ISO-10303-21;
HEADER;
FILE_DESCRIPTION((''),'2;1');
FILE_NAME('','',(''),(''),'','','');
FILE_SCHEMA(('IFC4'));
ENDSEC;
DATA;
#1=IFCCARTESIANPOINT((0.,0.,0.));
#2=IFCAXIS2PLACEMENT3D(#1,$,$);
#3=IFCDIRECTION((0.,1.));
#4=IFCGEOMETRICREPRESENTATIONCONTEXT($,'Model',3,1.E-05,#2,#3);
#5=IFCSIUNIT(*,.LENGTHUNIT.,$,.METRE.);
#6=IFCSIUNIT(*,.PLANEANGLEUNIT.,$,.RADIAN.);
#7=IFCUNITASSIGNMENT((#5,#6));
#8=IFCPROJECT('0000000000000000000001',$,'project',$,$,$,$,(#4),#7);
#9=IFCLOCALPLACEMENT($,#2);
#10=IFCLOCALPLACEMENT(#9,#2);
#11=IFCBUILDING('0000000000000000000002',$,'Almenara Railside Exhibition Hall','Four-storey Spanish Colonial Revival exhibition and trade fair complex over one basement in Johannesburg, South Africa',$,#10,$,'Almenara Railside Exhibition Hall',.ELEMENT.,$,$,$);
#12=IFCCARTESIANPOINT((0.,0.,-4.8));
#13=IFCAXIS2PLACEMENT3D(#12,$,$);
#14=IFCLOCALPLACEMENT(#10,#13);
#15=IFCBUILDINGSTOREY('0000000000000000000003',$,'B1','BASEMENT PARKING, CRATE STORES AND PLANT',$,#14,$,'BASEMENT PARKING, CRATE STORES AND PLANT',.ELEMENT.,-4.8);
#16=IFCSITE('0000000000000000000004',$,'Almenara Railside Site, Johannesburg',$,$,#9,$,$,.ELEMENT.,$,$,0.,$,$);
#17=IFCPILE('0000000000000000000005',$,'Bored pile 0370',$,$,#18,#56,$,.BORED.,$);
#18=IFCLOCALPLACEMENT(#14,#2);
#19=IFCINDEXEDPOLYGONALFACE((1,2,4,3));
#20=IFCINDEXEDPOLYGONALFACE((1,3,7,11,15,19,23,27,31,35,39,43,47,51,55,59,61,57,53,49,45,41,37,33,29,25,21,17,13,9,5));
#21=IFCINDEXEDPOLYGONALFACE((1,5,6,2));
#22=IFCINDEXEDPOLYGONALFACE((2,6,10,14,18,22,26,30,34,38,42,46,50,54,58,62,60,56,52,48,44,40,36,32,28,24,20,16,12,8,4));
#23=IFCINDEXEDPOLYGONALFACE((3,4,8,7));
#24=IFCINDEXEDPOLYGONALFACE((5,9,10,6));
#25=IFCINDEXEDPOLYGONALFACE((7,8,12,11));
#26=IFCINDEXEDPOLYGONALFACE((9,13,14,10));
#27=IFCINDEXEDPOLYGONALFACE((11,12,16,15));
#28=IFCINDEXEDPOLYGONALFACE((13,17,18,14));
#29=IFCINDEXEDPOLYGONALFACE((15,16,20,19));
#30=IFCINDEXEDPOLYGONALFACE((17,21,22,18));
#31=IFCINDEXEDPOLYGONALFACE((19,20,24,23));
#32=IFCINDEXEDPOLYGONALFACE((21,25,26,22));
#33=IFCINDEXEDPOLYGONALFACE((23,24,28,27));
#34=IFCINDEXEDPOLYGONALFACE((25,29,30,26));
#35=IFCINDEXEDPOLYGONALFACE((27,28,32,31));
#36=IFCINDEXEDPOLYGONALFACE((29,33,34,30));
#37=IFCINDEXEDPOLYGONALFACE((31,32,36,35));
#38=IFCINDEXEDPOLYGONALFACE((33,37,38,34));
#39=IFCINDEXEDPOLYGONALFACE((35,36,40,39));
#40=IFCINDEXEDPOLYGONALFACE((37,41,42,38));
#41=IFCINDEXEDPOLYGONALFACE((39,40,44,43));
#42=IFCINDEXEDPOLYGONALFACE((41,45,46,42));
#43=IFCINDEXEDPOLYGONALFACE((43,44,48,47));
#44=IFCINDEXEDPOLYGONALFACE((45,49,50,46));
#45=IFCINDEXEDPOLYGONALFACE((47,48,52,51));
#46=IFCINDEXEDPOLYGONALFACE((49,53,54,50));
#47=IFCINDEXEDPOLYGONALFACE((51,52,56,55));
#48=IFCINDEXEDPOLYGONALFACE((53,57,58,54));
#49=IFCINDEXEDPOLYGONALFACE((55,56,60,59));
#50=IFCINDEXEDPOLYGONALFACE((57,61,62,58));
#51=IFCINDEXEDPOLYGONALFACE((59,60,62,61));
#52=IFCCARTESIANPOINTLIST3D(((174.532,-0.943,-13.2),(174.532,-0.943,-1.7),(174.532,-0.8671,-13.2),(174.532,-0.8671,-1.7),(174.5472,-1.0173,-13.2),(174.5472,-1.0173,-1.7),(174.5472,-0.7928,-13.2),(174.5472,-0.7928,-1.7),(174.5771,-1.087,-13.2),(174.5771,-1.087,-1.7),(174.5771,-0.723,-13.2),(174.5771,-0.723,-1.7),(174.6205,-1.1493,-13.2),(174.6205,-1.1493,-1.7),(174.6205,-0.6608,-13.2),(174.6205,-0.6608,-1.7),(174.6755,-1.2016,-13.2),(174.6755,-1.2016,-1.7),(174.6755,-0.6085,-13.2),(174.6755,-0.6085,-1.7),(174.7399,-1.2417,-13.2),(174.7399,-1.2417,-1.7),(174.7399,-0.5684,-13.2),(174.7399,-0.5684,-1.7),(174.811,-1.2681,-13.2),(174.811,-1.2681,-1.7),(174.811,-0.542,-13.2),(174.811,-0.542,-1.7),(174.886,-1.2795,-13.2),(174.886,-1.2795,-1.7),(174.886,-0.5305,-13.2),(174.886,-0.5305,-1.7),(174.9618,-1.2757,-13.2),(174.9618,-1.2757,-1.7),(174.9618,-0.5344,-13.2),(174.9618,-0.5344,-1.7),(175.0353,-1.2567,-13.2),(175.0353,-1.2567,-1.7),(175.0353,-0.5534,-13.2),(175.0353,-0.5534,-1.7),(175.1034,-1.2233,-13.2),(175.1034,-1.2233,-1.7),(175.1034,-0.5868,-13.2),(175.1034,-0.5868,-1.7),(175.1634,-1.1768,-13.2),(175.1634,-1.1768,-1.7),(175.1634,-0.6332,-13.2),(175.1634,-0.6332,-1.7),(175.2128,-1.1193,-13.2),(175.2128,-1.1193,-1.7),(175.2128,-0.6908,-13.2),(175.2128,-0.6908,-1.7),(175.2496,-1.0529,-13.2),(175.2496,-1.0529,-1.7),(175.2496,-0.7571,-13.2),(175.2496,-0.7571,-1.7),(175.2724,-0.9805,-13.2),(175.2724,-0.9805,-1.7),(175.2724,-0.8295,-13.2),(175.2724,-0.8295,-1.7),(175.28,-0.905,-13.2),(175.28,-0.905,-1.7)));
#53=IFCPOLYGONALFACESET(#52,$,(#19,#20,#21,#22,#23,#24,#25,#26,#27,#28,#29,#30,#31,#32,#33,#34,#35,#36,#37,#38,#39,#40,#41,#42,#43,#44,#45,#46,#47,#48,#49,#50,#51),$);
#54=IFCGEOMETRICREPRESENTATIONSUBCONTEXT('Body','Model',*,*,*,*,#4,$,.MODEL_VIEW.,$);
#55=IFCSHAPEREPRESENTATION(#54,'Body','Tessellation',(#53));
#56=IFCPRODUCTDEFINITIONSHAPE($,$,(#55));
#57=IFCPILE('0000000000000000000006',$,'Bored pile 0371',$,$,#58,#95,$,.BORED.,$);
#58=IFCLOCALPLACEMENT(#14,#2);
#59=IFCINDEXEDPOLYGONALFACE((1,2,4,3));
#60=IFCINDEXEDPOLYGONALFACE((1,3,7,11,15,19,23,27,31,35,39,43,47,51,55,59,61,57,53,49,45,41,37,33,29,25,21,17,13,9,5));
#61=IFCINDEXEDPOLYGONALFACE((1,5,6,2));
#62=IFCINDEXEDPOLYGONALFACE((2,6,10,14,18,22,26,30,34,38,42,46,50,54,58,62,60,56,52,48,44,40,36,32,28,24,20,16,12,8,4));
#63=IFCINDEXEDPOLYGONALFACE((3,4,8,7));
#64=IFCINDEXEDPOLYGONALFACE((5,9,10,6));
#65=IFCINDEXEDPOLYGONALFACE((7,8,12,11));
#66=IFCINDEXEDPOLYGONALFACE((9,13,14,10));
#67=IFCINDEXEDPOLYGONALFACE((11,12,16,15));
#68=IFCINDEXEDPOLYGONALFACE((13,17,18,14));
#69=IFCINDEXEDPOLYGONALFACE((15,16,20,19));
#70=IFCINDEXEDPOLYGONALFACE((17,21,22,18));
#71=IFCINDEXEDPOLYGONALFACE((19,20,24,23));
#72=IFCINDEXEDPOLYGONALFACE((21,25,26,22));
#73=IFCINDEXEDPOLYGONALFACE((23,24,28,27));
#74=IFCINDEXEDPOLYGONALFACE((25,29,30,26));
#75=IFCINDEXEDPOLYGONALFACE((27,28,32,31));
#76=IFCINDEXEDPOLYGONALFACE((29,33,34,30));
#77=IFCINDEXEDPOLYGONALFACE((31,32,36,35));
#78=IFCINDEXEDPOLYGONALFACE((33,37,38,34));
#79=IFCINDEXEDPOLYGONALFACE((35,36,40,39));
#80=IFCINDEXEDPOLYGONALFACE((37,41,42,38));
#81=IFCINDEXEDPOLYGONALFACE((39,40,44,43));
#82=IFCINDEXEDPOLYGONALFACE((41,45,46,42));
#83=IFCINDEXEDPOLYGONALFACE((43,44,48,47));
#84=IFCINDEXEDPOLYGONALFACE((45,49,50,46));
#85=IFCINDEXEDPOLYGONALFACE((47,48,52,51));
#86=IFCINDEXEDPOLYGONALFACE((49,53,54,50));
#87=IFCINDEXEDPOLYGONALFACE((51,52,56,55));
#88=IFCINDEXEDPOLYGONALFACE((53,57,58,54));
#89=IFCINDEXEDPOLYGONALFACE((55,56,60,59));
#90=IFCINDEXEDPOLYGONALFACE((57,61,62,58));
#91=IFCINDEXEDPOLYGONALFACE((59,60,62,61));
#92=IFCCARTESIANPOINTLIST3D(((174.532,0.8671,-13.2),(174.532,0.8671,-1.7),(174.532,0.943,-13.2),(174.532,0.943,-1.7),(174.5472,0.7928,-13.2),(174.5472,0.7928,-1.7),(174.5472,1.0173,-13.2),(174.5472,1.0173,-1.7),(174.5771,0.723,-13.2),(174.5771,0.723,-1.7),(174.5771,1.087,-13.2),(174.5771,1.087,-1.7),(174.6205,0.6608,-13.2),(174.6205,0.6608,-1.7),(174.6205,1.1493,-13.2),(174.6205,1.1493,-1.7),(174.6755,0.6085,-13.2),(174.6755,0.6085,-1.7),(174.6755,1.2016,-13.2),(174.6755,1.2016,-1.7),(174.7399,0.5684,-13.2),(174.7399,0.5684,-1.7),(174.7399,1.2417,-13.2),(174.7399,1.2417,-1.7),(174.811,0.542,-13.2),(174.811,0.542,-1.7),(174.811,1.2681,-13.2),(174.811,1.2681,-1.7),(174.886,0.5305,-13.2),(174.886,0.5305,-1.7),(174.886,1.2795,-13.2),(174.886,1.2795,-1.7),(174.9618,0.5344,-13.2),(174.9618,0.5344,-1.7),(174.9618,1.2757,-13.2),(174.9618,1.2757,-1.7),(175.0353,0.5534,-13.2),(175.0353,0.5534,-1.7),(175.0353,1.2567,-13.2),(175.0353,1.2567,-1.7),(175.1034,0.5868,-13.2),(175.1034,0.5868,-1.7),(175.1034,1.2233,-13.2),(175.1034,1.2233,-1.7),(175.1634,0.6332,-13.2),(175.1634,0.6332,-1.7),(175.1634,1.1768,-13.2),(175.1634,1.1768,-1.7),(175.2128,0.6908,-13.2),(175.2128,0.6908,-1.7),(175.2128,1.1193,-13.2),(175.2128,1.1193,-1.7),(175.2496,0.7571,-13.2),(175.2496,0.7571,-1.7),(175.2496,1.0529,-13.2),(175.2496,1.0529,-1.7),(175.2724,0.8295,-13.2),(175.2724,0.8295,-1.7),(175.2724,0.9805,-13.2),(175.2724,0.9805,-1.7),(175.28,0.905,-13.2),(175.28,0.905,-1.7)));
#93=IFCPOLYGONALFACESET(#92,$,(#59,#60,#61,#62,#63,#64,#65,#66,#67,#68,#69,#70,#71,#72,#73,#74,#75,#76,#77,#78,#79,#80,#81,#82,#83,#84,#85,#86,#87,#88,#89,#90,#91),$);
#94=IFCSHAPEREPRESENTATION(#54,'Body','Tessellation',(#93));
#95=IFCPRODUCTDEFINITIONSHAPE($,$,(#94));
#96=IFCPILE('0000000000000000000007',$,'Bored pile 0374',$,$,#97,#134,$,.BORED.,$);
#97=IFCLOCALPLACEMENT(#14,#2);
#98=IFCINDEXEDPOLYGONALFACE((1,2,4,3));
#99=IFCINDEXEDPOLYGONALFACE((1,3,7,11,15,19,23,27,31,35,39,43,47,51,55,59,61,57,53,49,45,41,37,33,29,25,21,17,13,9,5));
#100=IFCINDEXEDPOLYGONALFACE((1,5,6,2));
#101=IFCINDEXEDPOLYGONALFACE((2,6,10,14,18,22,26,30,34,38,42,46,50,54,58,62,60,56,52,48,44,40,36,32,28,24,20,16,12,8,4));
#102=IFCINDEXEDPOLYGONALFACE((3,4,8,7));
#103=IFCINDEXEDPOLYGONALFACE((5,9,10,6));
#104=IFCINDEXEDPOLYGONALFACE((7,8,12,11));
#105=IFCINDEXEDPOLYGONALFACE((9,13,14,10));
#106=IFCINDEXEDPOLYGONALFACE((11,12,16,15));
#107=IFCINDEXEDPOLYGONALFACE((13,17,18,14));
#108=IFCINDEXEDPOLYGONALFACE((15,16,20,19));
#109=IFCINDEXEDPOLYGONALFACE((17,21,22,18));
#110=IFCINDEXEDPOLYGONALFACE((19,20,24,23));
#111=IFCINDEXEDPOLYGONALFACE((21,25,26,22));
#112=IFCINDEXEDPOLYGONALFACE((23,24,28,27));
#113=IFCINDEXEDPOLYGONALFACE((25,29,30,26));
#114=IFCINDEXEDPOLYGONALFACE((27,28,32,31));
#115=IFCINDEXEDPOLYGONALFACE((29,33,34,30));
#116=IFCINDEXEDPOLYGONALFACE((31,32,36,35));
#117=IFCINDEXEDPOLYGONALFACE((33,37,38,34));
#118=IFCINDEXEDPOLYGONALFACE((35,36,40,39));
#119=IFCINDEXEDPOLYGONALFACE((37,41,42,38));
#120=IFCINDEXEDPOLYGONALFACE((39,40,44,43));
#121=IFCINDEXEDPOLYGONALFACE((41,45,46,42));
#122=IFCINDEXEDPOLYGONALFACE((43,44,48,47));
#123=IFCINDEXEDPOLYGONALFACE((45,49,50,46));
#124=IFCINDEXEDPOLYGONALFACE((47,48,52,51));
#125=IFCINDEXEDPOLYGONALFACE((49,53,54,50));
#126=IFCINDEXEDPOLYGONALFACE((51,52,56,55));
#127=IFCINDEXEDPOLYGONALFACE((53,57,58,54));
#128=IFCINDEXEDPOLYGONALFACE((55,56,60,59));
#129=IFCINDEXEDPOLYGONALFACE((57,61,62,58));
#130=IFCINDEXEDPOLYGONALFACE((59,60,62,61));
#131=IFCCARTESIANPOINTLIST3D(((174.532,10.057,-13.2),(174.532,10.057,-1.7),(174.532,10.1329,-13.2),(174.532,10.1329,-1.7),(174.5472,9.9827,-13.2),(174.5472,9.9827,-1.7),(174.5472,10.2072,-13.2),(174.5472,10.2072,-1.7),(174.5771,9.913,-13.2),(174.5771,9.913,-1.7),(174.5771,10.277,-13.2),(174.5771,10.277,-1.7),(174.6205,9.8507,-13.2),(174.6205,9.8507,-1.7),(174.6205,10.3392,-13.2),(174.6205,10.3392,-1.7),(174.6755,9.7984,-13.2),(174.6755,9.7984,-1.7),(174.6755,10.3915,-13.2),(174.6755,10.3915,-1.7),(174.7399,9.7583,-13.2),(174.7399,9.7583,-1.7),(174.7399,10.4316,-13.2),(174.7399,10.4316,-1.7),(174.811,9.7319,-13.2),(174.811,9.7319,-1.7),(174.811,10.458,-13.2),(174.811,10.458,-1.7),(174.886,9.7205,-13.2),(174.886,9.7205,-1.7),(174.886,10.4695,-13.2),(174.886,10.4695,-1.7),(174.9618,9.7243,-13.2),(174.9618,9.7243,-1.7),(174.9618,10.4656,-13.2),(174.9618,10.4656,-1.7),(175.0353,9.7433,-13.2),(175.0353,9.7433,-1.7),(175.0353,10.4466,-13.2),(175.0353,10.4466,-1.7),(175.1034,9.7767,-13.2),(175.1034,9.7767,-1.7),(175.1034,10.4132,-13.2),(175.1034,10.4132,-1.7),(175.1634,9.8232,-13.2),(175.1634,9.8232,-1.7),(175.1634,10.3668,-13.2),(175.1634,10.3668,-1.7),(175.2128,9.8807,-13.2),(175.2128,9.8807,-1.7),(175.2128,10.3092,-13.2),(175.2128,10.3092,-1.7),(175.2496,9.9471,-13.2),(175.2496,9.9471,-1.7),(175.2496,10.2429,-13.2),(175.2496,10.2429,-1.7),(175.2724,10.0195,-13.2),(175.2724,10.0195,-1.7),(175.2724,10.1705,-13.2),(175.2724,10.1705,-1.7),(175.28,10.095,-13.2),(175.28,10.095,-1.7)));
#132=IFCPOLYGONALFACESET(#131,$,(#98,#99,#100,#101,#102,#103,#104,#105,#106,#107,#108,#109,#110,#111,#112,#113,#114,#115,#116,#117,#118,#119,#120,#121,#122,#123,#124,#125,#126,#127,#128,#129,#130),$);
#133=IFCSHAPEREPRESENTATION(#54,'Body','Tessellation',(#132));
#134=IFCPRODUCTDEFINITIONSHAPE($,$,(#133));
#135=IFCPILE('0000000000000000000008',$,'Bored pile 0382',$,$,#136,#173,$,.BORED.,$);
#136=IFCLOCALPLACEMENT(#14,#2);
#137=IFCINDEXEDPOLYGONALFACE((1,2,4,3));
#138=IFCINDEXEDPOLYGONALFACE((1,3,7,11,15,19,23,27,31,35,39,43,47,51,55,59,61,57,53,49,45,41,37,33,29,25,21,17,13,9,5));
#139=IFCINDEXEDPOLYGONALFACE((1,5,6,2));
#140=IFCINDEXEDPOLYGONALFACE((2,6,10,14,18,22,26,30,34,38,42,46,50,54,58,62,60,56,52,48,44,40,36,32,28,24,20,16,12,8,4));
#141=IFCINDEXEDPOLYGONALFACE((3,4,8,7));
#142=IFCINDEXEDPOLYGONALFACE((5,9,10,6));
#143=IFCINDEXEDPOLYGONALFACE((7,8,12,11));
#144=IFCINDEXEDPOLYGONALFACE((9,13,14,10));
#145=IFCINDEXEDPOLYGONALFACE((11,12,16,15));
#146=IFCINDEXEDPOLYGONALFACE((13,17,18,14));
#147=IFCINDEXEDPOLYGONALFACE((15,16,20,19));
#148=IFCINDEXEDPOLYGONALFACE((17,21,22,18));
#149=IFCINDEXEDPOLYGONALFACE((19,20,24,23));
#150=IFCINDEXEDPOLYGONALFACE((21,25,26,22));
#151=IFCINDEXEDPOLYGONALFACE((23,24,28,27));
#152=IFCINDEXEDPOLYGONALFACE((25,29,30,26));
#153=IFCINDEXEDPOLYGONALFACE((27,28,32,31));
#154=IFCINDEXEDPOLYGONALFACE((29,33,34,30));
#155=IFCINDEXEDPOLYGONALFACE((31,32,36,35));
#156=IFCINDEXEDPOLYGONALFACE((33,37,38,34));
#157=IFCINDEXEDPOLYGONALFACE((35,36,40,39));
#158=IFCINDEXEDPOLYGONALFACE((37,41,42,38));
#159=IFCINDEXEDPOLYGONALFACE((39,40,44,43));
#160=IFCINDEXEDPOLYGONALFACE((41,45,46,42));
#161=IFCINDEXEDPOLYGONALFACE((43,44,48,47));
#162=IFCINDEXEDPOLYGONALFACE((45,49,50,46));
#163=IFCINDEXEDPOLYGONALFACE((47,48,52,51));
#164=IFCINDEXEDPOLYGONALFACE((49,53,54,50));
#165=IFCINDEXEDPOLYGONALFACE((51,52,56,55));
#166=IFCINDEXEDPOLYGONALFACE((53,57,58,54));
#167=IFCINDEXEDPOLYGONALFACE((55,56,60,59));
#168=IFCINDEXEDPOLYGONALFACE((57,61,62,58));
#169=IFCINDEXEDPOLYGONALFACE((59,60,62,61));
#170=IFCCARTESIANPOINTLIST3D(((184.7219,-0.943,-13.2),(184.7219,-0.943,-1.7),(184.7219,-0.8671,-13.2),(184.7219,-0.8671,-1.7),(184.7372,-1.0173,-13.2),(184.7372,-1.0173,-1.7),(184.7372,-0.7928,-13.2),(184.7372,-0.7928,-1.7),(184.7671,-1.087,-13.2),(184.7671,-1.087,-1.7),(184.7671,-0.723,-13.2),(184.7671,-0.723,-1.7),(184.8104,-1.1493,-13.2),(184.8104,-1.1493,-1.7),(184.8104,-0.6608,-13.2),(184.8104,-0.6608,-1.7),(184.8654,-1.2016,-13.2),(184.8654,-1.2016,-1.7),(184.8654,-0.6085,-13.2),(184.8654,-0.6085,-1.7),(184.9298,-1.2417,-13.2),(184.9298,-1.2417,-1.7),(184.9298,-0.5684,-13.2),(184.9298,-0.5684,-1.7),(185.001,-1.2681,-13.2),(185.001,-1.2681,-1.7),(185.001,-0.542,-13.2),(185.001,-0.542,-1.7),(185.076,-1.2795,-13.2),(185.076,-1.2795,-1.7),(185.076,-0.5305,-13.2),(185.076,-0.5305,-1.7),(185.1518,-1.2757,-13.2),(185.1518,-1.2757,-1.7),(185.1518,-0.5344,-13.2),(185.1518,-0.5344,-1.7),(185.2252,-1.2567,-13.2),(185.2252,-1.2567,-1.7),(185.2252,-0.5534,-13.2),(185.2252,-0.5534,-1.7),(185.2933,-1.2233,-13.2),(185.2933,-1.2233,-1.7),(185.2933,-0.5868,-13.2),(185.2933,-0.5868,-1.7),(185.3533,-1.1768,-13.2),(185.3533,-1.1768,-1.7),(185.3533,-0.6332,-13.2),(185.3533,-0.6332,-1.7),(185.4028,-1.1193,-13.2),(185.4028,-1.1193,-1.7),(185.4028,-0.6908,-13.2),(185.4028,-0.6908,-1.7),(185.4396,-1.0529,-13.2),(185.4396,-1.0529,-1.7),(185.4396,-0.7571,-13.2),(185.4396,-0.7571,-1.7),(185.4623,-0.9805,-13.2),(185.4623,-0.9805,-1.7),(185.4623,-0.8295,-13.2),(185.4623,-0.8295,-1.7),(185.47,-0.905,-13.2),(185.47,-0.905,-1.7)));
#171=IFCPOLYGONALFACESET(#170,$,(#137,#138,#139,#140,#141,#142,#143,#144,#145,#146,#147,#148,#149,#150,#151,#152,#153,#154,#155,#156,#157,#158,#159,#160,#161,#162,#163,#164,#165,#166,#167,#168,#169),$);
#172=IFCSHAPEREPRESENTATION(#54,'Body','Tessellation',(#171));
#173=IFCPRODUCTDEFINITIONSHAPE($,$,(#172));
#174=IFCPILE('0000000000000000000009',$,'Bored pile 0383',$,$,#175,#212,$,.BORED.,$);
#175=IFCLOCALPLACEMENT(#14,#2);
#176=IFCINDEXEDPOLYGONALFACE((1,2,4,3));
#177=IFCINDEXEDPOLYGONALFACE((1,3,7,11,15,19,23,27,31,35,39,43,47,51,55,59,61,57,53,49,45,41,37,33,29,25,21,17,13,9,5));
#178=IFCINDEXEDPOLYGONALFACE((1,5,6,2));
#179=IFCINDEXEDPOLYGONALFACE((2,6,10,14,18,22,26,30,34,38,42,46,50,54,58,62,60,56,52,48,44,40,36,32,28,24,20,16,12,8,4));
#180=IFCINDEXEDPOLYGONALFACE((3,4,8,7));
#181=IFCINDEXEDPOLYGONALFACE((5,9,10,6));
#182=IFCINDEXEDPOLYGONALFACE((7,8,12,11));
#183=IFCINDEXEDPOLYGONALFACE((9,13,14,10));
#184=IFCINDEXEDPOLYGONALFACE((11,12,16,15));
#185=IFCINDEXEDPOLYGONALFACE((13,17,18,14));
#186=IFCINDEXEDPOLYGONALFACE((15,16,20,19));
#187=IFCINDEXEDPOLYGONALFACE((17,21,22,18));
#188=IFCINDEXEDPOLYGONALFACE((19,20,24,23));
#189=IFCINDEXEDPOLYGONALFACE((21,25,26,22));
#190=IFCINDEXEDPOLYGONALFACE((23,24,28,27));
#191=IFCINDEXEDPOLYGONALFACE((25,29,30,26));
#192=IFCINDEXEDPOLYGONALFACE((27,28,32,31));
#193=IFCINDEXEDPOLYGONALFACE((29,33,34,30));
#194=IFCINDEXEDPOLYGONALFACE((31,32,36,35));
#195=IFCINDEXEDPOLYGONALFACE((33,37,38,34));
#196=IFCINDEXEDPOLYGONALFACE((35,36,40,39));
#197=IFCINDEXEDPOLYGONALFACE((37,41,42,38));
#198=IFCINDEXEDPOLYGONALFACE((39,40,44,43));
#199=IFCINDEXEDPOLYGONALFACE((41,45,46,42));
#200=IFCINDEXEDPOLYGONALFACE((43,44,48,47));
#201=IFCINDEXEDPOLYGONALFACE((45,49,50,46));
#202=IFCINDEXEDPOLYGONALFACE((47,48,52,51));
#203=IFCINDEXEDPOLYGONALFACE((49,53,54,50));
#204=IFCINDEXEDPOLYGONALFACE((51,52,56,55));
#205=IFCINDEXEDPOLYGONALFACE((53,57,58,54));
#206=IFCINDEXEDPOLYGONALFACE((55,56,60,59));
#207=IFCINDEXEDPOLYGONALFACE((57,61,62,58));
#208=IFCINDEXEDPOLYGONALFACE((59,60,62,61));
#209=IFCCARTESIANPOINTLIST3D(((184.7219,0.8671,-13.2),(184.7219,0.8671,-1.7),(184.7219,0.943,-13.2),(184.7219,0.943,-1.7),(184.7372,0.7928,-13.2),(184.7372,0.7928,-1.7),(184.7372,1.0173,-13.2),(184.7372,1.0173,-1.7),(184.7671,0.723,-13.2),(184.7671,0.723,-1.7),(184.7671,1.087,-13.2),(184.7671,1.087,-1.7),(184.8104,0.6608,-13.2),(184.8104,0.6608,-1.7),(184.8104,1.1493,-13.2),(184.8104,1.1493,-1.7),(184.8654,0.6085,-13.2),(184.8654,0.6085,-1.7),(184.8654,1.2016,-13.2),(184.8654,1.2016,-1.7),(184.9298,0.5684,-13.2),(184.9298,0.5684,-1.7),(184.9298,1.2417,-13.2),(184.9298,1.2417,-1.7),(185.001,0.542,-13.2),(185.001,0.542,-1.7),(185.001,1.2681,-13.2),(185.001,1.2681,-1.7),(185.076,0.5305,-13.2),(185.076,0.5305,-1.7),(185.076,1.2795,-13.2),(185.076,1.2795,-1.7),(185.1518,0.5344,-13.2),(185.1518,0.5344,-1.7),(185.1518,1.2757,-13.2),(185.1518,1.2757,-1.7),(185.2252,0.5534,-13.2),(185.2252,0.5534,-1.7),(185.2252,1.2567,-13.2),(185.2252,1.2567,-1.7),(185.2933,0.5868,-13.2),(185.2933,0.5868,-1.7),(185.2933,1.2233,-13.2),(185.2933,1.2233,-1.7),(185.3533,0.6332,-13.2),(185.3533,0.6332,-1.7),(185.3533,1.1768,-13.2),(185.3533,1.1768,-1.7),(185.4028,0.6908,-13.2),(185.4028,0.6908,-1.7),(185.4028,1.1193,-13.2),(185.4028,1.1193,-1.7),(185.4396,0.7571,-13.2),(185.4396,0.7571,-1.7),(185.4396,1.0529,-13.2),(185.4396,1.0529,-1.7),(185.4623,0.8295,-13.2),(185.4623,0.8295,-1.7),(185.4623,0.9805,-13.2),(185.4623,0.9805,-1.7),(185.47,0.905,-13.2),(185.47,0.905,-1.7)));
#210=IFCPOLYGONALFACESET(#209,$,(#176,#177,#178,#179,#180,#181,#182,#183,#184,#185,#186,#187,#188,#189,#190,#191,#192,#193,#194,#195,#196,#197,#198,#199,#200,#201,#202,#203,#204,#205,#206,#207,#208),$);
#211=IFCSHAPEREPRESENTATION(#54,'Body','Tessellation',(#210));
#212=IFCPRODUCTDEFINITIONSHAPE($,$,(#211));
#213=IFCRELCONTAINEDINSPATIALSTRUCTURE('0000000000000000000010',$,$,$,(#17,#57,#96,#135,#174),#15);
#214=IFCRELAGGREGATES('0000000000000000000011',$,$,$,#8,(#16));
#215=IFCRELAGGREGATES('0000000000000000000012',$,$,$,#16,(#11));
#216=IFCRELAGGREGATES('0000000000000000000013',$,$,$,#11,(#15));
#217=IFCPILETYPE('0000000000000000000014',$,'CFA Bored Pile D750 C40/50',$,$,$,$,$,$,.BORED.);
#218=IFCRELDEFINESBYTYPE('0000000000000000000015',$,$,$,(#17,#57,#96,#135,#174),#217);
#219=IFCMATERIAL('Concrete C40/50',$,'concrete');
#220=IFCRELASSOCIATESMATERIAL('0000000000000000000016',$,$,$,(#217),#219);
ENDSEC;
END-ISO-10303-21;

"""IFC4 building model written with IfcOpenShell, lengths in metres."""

from ifc_helpers import new_model, si_unit, direction, frame, origin, origin_2d, place, context, subcontext, project, spatial, circle, extrude, material, material_profile, profile_set, type_object, element, save


model = new_model("IFC4")

# Units and contexts
model_context = context("Model", 3, precision=1e-05, world=origin(), true_north=direction((0.0, 1.0)))
body_context = subcontext(model_context, "Body", "Model", "MODEL_VIEW")
ifc_project = project(units=[si_unit("LENGTHUNIT", "METRE"), si_unit("PLANEANGLEUNIT", "RADIAN")], contexts=[model_context])

# Site, building, storey
site_placement = place(None, origin())
site = spatial("IfcSite", under=ifc_project, at=site_placement, Name="Almenara Railside Site, Johannesburg", CompositionType="ELEMENT", RefElevation=0.0)
building_placement = place(site_placement, origin())
building = spatial("IfcBuilding", under=site, at=building_placement, Name="Almenara Railside Exhibition Hall", Description="Four-storey Spanish Colonial Revival exhibition and trade fair complex over one basement in Johannesburg, South Africa", LongName="Almenara Railside Exhibition Hall", CompositionType="ELEMENT")
storey_placement = place(building_placement, frame((0.0, 0.0, -4.8)))
storey = spatial("IfcBuildingStorey", under=building, at=storey_placement, Name="B1", Description="BASEMENT PARKING, CRATE STORES AND PLANT", LongName="BASEMENT PARKING, CRATE STORES AND PLANT", CompositionType="ELEMENT", Elevation=-4.8)

# Piles
ifc_material_1 = material(Name="Concrete C40/50", Category="concrete")
ifc_material_profile_1 = material_profile(ifc_material_1, circle(Radius=0.375, at=origin_2d()), Name="CFA-PILE D750")
ifc_profile_set_1 = profile_set([ifc_material_profile_1], Name="Concrete C40/50")
pile_type_1 = type_object("IfcPileType", Name="CFA Bored Pile D750 C40/50", PredefinedType="BORED", material=ifc_profile_set_1)
for number, where, z_axis, x_axis, name in (
    (1, (174.905, -0.905, -1.7), (0.0, 0.0, -1.0), (1.0, 0.0, 0.0), "Bored pile 0370"),
    (2, (174.905, 0.905, -1.7), (0.0, 0.0, -1.0), (1.0, 0.0, 0.0), "Bored pile 0371"),
    (3, (174.905, 10.095, -1.7), (0.0, 0.0, -1.0), (1.0, 0.0, 0.0), "Bored pile 0374"),
    (4, (185.095, -0.905, -1.7), (0.0, 0.0, -1.0), (1.0, 0.0, 0.0), "Bored pile 0382"),
    (5, (185.095, 0.905, -1.7), (0.0, 0.0, -1.0), (1.0, 0.0, 0.0), "Bored pile 0383"),
):
    element("IfcPile", number, at=place(storey_placement, frame(where, z_axis=z_axis, x_axis=x_axis)), inside=storey, type_object=pile_type_1, Name=name, PredefinedType="BORED", context=body_context, shape_type="SweptSolid", body=[
        extrude(circle(Radius=0.375, at=origin_2d()), origin(), (0.0, 0.0, 1.0), 11.5),
    ])

save(model, "model.ifc")
